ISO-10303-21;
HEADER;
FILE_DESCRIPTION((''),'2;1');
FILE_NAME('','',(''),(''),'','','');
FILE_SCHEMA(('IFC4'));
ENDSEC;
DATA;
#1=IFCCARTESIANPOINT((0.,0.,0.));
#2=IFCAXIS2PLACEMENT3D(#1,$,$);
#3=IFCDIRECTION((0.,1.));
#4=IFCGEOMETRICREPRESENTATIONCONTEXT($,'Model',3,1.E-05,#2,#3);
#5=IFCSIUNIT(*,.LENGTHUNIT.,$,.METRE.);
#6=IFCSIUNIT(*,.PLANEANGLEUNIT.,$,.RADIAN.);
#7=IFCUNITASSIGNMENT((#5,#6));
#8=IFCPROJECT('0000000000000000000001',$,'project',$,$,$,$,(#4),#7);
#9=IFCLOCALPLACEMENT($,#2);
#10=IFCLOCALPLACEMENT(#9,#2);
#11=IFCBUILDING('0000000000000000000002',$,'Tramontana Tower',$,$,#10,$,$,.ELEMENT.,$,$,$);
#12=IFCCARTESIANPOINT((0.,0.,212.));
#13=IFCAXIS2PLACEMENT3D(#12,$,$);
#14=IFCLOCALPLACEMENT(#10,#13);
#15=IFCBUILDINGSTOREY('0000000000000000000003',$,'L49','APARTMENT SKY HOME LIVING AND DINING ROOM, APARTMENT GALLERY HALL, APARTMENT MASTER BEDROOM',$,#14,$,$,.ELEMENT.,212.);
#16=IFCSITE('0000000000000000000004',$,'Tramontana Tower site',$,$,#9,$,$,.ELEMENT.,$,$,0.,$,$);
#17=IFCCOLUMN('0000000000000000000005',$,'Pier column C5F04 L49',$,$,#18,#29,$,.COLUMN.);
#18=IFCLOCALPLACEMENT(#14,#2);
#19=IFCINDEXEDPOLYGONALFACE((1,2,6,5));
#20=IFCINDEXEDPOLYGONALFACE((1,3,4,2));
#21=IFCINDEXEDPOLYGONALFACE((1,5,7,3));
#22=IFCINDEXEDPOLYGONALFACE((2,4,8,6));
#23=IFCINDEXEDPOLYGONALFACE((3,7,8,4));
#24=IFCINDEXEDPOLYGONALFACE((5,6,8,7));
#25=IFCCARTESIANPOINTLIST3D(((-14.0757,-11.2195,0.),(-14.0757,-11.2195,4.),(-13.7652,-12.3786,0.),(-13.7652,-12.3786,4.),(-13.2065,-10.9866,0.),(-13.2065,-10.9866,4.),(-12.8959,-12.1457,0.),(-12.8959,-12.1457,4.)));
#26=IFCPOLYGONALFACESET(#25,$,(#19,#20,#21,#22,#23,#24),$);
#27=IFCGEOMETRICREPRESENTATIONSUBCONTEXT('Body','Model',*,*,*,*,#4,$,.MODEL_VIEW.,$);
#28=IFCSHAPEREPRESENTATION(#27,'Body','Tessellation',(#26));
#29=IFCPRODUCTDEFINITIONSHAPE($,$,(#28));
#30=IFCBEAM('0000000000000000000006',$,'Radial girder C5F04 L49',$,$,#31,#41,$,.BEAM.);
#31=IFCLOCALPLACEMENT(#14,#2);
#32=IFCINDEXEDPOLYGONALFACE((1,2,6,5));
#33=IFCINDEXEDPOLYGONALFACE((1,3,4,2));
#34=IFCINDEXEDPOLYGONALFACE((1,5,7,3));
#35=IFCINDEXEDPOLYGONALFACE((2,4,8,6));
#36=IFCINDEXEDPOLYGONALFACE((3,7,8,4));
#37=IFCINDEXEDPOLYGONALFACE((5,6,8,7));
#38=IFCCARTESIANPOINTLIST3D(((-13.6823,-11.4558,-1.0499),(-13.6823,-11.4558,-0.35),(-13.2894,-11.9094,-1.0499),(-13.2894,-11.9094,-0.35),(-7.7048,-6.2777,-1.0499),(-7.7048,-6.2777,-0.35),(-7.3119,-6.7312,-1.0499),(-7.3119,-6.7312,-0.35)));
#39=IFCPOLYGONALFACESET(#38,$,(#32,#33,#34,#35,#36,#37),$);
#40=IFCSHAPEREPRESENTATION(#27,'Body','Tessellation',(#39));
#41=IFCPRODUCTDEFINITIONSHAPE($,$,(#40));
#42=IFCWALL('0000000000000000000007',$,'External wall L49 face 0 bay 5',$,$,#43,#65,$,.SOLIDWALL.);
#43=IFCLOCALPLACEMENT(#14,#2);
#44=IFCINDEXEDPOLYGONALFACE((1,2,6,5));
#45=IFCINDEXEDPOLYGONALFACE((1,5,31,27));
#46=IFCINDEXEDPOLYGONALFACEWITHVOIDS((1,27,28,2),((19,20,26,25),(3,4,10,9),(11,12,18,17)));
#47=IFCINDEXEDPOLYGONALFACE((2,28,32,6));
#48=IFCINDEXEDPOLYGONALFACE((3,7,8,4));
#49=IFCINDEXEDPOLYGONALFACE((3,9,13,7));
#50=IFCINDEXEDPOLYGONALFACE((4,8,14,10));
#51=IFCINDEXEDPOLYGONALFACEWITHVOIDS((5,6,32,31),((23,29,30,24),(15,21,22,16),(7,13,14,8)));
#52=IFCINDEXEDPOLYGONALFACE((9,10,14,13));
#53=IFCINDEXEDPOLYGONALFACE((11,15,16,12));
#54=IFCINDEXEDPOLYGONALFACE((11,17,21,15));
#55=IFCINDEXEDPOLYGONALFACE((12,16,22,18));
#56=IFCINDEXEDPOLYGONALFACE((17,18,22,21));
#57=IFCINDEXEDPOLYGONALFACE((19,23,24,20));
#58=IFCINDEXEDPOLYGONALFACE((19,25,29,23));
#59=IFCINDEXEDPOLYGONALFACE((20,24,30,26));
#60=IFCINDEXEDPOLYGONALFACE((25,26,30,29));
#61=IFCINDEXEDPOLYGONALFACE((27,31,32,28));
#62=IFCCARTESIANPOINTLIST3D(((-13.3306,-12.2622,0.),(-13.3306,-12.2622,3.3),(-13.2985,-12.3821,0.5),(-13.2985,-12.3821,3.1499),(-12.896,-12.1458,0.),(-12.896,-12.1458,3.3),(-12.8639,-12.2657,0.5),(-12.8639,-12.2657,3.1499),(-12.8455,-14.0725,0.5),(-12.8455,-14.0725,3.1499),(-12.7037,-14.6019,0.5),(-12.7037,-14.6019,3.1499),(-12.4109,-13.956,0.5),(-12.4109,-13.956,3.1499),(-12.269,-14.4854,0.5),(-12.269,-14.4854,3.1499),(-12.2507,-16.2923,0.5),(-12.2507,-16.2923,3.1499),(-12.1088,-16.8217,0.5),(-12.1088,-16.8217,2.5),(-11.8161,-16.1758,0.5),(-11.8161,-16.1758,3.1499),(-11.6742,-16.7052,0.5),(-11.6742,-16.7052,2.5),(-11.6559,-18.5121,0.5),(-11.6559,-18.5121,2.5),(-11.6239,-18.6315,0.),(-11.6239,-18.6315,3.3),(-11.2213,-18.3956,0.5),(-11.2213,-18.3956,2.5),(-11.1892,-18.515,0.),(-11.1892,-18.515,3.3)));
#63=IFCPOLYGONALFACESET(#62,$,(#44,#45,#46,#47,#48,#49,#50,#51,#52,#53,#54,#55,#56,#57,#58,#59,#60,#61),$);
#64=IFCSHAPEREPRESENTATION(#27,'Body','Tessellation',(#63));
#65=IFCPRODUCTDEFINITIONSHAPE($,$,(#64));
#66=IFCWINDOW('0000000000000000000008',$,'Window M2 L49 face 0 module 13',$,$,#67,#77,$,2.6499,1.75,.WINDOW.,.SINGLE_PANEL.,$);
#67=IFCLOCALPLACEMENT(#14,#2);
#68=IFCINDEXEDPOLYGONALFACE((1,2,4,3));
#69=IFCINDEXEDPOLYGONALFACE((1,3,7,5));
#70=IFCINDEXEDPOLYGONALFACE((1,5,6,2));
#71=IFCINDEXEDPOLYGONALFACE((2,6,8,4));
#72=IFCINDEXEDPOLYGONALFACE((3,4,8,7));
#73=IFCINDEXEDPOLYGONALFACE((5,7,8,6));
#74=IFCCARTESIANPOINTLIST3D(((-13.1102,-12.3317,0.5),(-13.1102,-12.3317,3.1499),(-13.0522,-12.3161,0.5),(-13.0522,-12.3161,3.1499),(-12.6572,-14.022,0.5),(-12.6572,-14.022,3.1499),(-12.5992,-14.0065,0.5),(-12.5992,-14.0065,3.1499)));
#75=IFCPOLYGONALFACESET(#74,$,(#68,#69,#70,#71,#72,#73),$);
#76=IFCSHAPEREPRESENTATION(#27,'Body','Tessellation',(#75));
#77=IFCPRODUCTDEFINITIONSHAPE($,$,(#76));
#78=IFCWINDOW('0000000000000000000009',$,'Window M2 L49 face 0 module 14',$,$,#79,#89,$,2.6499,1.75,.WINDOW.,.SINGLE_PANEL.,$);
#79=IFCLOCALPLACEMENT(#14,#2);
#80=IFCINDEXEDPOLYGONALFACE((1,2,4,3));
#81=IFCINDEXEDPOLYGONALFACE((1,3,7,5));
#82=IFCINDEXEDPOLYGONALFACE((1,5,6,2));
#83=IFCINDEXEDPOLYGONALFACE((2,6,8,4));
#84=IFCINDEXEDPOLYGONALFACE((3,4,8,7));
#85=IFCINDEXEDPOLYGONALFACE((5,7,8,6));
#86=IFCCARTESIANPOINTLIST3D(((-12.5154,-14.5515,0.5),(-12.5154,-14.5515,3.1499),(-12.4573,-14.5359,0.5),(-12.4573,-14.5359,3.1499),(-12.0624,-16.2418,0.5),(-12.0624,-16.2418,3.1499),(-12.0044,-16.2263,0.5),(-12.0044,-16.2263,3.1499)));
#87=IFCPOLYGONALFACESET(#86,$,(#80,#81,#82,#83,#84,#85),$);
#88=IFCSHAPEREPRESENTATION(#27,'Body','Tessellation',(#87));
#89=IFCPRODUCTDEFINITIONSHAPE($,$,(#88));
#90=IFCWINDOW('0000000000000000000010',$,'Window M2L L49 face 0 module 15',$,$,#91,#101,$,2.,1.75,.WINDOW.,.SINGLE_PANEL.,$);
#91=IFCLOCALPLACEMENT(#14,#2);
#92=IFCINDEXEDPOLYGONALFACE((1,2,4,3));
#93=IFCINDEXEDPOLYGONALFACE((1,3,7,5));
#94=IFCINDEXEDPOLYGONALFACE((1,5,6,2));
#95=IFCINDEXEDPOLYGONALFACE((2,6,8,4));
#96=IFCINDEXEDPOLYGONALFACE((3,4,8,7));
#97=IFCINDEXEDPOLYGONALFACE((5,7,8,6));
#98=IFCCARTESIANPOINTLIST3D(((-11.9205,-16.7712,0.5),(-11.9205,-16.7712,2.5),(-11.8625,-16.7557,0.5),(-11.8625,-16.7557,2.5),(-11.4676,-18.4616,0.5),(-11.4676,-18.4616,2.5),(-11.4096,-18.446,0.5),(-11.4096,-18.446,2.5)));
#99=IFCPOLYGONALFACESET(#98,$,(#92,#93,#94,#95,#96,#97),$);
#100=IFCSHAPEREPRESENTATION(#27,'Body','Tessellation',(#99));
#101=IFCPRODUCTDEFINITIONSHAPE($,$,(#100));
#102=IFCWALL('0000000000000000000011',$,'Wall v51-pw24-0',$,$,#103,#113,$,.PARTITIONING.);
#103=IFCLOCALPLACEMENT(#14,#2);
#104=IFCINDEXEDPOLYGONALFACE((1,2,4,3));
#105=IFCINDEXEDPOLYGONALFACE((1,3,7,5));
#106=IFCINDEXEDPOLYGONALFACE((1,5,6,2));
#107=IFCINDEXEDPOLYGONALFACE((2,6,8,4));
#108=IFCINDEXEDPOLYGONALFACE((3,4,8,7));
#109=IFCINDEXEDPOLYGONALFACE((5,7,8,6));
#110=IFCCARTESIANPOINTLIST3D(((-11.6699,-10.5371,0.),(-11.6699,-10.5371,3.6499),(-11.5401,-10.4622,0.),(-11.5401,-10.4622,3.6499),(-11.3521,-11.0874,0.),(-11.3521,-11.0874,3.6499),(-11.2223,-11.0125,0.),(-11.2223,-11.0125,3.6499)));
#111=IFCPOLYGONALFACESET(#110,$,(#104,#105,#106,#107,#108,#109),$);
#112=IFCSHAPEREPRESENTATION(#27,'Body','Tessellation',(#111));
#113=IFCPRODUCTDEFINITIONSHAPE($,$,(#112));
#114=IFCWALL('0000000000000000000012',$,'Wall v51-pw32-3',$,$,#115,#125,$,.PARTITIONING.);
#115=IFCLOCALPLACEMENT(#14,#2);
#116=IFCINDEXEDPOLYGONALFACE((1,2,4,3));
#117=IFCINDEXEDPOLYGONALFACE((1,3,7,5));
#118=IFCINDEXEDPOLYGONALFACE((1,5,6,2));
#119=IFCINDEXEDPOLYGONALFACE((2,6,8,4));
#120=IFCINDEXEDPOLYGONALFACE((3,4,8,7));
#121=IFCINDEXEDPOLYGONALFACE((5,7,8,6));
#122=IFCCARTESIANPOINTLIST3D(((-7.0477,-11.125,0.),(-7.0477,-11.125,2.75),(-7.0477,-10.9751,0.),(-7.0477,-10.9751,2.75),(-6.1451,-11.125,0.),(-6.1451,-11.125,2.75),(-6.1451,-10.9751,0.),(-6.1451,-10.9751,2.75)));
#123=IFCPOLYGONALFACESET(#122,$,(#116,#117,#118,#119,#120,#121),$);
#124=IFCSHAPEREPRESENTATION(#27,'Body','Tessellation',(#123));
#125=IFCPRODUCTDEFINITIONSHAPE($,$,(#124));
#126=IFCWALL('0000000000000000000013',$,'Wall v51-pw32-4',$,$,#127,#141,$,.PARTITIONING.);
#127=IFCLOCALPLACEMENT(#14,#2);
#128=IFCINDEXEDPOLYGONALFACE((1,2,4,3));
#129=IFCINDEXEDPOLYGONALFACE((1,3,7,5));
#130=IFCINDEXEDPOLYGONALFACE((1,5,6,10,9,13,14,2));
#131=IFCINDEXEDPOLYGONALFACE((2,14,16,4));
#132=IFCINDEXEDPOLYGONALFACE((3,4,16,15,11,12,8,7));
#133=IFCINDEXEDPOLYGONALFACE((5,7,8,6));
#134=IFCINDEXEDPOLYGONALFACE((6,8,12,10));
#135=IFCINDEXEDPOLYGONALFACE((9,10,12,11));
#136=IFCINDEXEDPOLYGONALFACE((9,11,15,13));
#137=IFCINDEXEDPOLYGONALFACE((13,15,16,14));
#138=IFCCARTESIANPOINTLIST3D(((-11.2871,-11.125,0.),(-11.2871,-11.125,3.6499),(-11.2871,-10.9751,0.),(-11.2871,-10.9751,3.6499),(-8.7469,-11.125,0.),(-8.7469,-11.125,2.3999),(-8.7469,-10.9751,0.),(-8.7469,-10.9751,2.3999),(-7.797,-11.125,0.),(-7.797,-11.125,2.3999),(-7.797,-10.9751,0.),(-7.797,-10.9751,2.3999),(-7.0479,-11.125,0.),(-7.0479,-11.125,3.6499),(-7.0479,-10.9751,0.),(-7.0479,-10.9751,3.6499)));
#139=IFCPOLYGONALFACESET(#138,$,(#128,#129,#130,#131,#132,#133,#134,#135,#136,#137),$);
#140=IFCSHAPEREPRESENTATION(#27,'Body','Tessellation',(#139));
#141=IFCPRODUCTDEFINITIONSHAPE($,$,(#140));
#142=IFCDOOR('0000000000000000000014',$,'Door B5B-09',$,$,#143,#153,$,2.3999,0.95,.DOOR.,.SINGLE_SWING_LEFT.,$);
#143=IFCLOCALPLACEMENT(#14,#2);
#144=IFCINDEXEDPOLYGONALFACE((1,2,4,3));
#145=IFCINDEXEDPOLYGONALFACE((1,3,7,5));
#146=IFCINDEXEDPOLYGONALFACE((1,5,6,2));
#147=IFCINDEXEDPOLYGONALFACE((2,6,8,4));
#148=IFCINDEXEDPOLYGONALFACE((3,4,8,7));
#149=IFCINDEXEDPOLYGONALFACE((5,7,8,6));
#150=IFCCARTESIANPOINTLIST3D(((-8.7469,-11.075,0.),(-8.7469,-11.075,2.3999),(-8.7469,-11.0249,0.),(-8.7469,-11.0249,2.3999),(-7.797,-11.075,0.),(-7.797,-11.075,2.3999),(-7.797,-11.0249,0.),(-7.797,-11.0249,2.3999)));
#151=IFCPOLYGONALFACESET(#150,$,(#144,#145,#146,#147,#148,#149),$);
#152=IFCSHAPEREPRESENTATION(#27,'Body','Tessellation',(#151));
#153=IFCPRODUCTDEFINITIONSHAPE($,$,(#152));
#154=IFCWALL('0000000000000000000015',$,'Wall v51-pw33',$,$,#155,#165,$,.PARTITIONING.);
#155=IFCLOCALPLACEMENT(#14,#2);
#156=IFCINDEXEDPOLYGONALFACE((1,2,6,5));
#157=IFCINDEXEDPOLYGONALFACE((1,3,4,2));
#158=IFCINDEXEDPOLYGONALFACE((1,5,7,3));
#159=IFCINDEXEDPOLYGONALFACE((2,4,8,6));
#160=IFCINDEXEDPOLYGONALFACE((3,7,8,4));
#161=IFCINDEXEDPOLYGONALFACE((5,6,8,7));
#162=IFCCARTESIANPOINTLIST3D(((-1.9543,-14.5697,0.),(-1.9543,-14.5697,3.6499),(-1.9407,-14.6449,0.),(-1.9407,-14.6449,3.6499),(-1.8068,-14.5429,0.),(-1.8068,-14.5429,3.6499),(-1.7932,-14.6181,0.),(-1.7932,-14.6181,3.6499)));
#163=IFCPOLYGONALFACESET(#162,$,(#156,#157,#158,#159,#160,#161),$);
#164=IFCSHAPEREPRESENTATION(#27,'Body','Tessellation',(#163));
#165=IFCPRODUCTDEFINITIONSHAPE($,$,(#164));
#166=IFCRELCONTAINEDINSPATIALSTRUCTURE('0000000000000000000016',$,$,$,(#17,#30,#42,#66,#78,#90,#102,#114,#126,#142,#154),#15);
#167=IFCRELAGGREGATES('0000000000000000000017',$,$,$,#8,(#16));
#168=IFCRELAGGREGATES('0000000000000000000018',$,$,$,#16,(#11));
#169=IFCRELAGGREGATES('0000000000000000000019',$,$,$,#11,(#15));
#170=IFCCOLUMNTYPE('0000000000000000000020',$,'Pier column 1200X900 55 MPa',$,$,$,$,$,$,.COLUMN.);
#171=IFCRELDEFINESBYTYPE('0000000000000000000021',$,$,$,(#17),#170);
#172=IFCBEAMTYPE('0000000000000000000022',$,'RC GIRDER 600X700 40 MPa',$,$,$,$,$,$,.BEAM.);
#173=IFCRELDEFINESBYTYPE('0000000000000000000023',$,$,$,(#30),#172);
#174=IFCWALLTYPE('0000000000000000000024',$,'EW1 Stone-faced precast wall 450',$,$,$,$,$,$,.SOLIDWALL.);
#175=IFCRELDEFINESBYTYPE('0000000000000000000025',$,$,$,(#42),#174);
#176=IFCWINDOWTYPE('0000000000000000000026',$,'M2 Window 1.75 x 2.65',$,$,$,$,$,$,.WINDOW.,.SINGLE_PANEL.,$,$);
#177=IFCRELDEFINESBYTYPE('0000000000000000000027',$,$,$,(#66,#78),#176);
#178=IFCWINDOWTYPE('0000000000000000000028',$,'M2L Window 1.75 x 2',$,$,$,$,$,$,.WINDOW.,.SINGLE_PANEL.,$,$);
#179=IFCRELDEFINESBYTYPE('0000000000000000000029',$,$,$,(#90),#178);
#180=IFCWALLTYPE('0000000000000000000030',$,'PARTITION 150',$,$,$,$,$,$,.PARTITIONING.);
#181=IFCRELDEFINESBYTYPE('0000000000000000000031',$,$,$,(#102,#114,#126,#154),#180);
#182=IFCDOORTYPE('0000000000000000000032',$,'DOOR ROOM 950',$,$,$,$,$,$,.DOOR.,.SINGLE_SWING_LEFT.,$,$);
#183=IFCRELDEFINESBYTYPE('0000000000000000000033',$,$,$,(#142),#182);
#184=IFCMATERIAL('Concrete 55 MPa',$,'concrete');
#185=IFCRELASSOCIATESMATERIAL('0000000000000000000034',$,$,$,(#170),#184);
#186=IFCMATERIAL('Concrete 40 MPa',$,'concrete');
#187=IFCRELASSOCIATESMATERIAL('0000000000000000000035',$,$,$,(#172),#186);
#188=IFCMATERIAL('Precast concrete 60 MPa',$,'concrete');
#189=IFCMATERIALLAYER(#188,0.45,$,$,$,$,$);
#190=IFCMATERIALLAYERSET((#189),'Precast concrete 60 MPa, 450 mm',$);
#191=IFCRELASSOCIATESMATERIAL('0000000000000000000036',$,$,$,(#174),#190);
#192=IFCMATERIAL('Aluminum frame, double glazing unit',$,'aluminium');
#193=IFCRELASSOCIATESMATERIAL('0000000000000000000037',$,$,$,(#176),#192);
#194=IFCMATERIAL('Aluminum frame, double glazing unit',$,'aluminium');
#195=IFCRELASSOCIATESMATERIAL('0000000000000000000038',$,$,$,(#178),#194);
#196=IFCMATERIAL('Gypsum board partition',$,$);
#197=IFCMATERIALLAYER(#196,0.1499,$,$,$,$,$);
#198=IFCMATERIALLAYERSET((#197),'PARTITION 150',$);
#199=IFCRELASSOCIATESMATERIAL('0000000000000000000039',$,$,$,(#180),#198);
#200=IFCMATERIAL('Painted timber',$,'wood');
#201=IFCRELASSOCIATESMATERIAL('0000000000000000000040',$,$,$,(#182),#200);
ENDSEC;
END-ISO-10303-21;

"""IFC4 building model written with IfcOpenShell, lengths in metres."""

from ifc_helpers import new_model, si_unit, direction, frame, frame_2d, origin, origin_2d, place, context, subcontext, project, spatial, rectangle, extrude, material, layer, layer_set, material_profile, profile_set, type_object, element, fill, save


model = new_model("IFC4")

# Units and contexts
model_context = context("Model", 3, precision=1e-05, world=origin(), true_north=direction((0.0, 1.0)))
body_context = subcontext(model_context, "Body", "Model", "MODEL_VIEW")
ifc_project = project(units=[si_unit("LENGTHUNIT", "METRE"), si_unit("PLANEANGLEUNIT", "RADIAN")], contexts=[model_context])

# Site, building, storey
site_placement = place(None, origin())
site = spatial("IfcSite", under=ifc_project, at=site_placement, Name="Tramontana Tower site", CompositionType="ELEMENT", RefElevation=0.0)
building_placement = place(site_placement, origin())
building = spatial("IfcBuilding", under=site, at=building_placement, Name="Tramontana Tower", CompositionType="ELEMENT")
storey_placement = place(building_placement, frame((0.0, 0.0, 212.0)))
storey = spatial("IfcBuildingStorey", under=building, at=storey_placement, Name="L49", Description="APARTMENT SKY HOME LIVING AND DINING ROOM, APARTMENT GALLERY HALL, APARTMENT MASTER BEDROOM", CompositionType="ELEMENT", Elevation=212.0)

# Column
ifc_material_1 = material(Name="Concrete 55 MPa", Category="concrete")
ifc_material_profile_1 = material_profile(ifc_material_1, rectangle(XDim=1.2, YDim=0.8999, at=origin_2d()), Name="Pier column 1200X900 55 MPa")
ifc_profile_set_1 = profile_set([ifc_material_profile_1], Name="Concrete 55 MPa")
column_type = type_object("IfcColumnType", Name="Pier column 1200X900 55 MPa", PredefinedType="COLUMN", material=ifc_profile_set_1)
column_placement = place(storey_placement, frame((-13.4858, -11.6826, 0.0), z_axis=(0.0, 0.0, 1.0), x_axis=(0.258819, -0.965926, 0.0)))
element("IfcColumn", 1, at=column_placement, inside=storey, type_object=column_type, Name="Pier column C5F04 L49", PredefinedType="COLUMN", context=body_context, shape_type="SweptSolid", body=[
    extrude(rectangle(XDim=1.2, YDim=0.8999, at=origin_2d()), origin(), (0.0, 0.0, 1.0), 4.0),
])

# Beam
ifc_material_2 = material(Name="Concrete 40 MPa", Category="concrete")
ifc_material_profile_2 = material_profile(ifc_material_2, rectangle(XDim=0.6001, YDim=0.7, at=origin_2d()), Name="RC GIRDER 600X700 40 MPa")
ifc_profile_set_2 = profile_set([ifc_material_profile_2], Name="Concrete 40 MPa")
beam_type = type_object("IfcBeamType", Name="RC GIRDER 600X700 40 MPa", PredefinedType="BEAM", material=ifc_profile_set_2)
beam_placement = place(storey_placement, frame((-13.4858, -11.6826, -0.7), z_axis=(0.755834, 0.654764, 0.0), x_axis=(-0.654764, 0.755834, 0.0)))
element("IfcBeam", 2, at=beam_placement, inside=storey, type_object=beam_type, Name="Radial girder C5F04 L49", PredefinedType="BEAM", context=body_context, shape_type="SweptSolid", body=[
    extrude(rectangle(XDim=0.6001, YDim=0.7, at=origin_2d()), origin(), (0.0, 0.0, 1.0), 7.9084),
])

# Wall, openings, windows
ifc_material_3 = material(Name="Precast concrete 60 MPa", Category="concrete")
ifc_layer_1 = layer(ifc_material_3, 0.45)
ifc_layer_set_1 = layer_set([ifc_layer_1], Name="Precast concrete 60 MPa, 450 mm")
wall_type_1 = type_object("IfcWallType", Name="EW1 Stone-faced precast wall 450", PredefinedType="SOLIDWALL", material=ifc_layer_set_1)
wall_1_placement = place(storey_placement, frame((-13.1133, -12.2041, 0.0), z_axis=(0.0, 0.0, 1.0), x_axis=(0.258835, -0.965921, 0.0)))
wall_1 = element("IfcWall", 3, at=wall_1_placement, inside=storey, type_object=wall_type_1, Name="External wall L49 face 0 bay 5", PredefinedType="SOLIDWALL", context=body_context, shape_type="SweptSolid", body=[
    extrude(rectangle(XDim=6.594, YDim=0.45, at=frame_2d((3.2969, 0.0))), origin(), (0.0, 0.0, 1.0), 3.3),
])
opening_1_placement = place(wall_1_placement, frame((0.124, 0.0, 0.5)))
opening_1 = element("IfcOpeningElement", 4, at=opening_1_placement, cuts=wall_1, PredefinedType="OPENING", context=body_context, shape_type="SweptSolid", body=[
    extrude(rectangle(XDim=1.75, YDim=2.6499, at=frame_2d((0.875, 1.325))), frame((0.0, 0.2349, 0.0), z_axis=(0.0, -1.0, 0.0), x_axis=(1.0, 0.0, 0.0)), (0.0, 0.0, 1.0), 0.47),
])
opening_2_placement = place(wall_1_placement, frame((2.4221, 0.0, 0.5)))
opening_2 = element("IfcOpeningElement", 5, at=opening_2_placement, cuts=wall_1, PredefinedType="OPENING", context=body_context, shape_type="SweptSolid", body=[
    extrude(rectangle(XDim=1.75, YDim=2.6499, at=frame_2d((0.875, 1.325))), frame((0.0, 0.2349, 0.0), z_axis=(0.0, -1.0, 0.0), x_axis=(1.0, 0.0, 0.0)), (0.0, 0.0, 1.0), 0.47),
])
opening_3_placement = place(wall_1_placement, frame((4.7202, 0.0, 0.5)))
opening_3 = element("IfcOpeningElement", 6, at=opening_3_placement, cuts=wall_1, PredefinedType="OPENING", context=body_context, shape_type="SweptSolid", body=[
    extrude(rectangle(XDim=1.75, YDim=2.0, at=frame_2d((0.875, 1.0))), frame((0.0, 0.2349, 0.0), z_axis=(0.0, -1.0, 0.0), x_axis=(1.0, 0.0, 0.0)), (0.0, 0.0, 1.0), 0.47),
])
ifc_material_4 = material(Name="Aluminum frame, double glazing unit", Category="aluminium")
window_type_1 = type_object("IfcWindowType", Name="M2 Window 1.75 x 2.65", PartitioningType="SINGLE_PANEL", PredefinedType="WINDOW", material=ifc_material_4)
window_1_placement = place(opening_1_placement, origin())
window_1 = element("IfcWindow", 7, at=window_1_placement, inside=storey, type_object=window_type_1, Name="Window M2 L49 face 0 module 13", OverallHeight=2.6499, OverallWidth=1.75, PartitioningType="SINGLE_PANEL", PredefinedType="WINDOW", context=body_context, shape_type="SweptSolid", body=[
    extrude(rectangle(XDim=1.75, YDim=2.6499, at=frame_2d((0.875, 1.325))), frame((0.0, 0.03, 0.0), z_axis=(0.0, -1.0, 0.0), x_axis=(1.0, 0.0, 0.0)), (0.0, 0.0, 1.0), 0.0601),
])
fill(opening_1, window_1)
window_2_placement = place(opening_2_placement, origin())
window_2 = element("IfcWindow", 8, at=window_2_placement, inside=storey, type_object=window_type_1, Name="Window M2 L49 face 0 module 14", OverallHeight=2.6499, OverallWidth=1.75, PartitioningType="SINGLE_PANEL", PredefinedType="WINDOW", context=body_context, shape_type="SweptSolid", body=[
    extrude(rectangle(XDim=1.75, YDim=2.6499, at=frame_2d((0.875, 1.325))), frame((0.0, 0.03, 0.0), z_axis=(0.0, -1.0, 0.0), x_axis=(1.0, 0.0, 0.0)), (0.0, 0.0, 1.0), 0.0601),
])
fill(opening_2, window_2)
ifc_material_5 = material(Name="Aluminum frame, double glazing unit", Category="aluminium")
window_type_2 = type_object("IfcWindowType", Name="M2L Window 1.75 x 2", PartitioningType="SINGLE_PANEL", PredefinedType="WINDOW", material=ifc_material_5)
window_3_placement = place(opening_3_placement, origin())
window_3 = element("IfcWindow", 9, at=window_3_placement, inside=storey, type_object=window_type_2, Name="Window M2L L49 face 0 module 15", OverallHeight=2.0, OverallWidth=1.75, PartitioningType="SINGLE_PANEL", PredefinedType="WINDOW", context=body_context, shape_type="SweptSolid", body=[
    extrude(rectangle(XDim=1.75, YDim=2.0, at=frame_2d((0.875, 1.0))), frame((0.0, 0.03, 0.0), z_axis=(0.0, -1.0, 0.0), x_axis=(1.0, 0.0, 0.0)), (0.0, 0.0, 1.0), 0.0601),
])
fill(opening_3, window_3)

# Shared definitions
ifc_material_6 = material(Name="Gypsum board partition")
ifc_layer_2 = layer(ifc_material_6, 0.1499)
ifc_layer_set_2 = layer_set([ifc_layer_2], Name="PARTITION 150")
wall_type_2 = type_object("IfcWallType", Name="PARTITION 150", PredefinedType="PARTITIONING", material=ifc_layer_set_2)

# Wall
wall_2_placement = place(storey_placement, frame((-11.2871, -11.05, 0.0), z_axis=(0.0, 0.0, 1.0), x_axis=(-0.500188, 0.865917, 0.0)))
element("IfcWall", 10, at=wall_2_placement, inside=storey, type_object=wall_type_2, Name="Wall v51-pw24-0", PredefinedType="PARTITIONING", context=body_context, shape_type="SweptSolid", body=[
    extrude(rectangle(XDim=0.6355, YDim=0.1499, at=frame_2d((0.3179, 0.0))), origin(), (0.0, 0.0, 1.0), 3.6499),
])

# Wall
wall_3_placement = place(storey_placement, frame((-6.1453, -11.05, 0.0), z_axis=(0.0, 0.0, 1.0), x_axis=(-1.0, 0.0, 0.0)))
element("IfcWall", 11, at=wall_3_placement, inside=storey, type_object=wall_type_2, Name="Wall v51-pw32-3", PredefinedType="PARTITIONING", context=body_context, shape_type="SweptSolid", body=[
    extrude(rectangle(XDim=0.9026, YDim=0.1499, at=frame_2d((0.4512, 0.0))), origin(), (0.0, 0.0, 1.0), 2.75),
])

# Wall, opening, door
wall_4_placement = place(storey_placement, frame((-7.0479, -11.05, 0.0), z_axis=(0.0, 0.0, 1.0), x_axis=(-1.0, 0.0, 0.0)))
wall_4 = element("IfcWall", 12, at=wall_4_placement, inside=storey, type_object=wall_type_2, Name="Wall v51-pw32-4", PredefinedType="PARTITIONING", context=body_context, shape_type="SweptSolid", body=[
    extrude(rectangle(XDim=4.2393, YDim=0.1499, at=frame_2d((2.1196, 0.0))), origin(), (0.0, 0.0, 1.0), 3.6499),
])
opening_4_placement = place(wall_4_placement, frame((0.749, 0.0, 0.0)))
opening_4 = element("IfcOpeningElement", 13, at=opening_4_placement, cuts=wall_4, PredefinedType="OPENING", context=body_context, shape_type="SweptSolid", body=[
    extrude(rectangle(XDim=0.95, YDim=2.3999, at=frame_2d((0.4751, 1.2))), frame((0.0, 0.085, 0.0), z_axis=(0.0, -1.0, 0.0), x_axis=(1.0, 0.0, 0.0)), (0.0, 0.0, 1.0), 0.1699),
])
ifc_material_7 = material(Name="Painted timber", Category="wood")
door_type_1 = type_object("IfcDoorType", Name="DOOR ROOM 950", OperationType="SINGLE_SWING_LEFT", PredefinedType="DOOR", material=ifc_material_7)
door_1_placement = place(opening_4_placement, origin())
door_1 = element("IfcDoor", 14, at=door_1_placement, inside=storey, type_object=door_type_1, Name="Door B5B-09", OperationType="SINGLE_SWING_LEFT", OverallHeight=2.3999, OverallWidth=0.95, PredefinedType="DOOR", context=body_context, shape_type="SweptSolid", body=[
    extrude(rectangle(XDim=0.95, YDim=2.3999, at=frame_2d((0.4751, 1.2))), frame((0.0, 0.0249, 0.0), z_axis=(0.0, -1.0, 0.0), x_axis=(1.0, 0.0, 0.0)), (0.0, 0.0, 1.0), 0.05),
])
fill(opening_4, door_1)

# Wall
for number, where, z_axis, x_axis, name in (
    (15, (-1.8669, -14.6313, 0.0), (0.0, 0.0, 1.0), (-0.178885, 0.98387, 0.0), "Wall v51-pw33"),
):
    element("IfcWall", number, at=place(storey_placement, frame(where, z_axis=z_axis, x_axis=x_axis)), inside=storey, type_object=wall_type_2, Name=name, PredefinedType="PARTITIONING", context=body_context, shape_type="SweptSolid", body=[
        extrude(rectangle(XDim=0.0764, YDim=0.1499, at=frame_2d((0.0381, 0.0))), origin(), (0.0, 0.0, 1.0), 3.6499),
    ])

save(model, "model.ifc")
